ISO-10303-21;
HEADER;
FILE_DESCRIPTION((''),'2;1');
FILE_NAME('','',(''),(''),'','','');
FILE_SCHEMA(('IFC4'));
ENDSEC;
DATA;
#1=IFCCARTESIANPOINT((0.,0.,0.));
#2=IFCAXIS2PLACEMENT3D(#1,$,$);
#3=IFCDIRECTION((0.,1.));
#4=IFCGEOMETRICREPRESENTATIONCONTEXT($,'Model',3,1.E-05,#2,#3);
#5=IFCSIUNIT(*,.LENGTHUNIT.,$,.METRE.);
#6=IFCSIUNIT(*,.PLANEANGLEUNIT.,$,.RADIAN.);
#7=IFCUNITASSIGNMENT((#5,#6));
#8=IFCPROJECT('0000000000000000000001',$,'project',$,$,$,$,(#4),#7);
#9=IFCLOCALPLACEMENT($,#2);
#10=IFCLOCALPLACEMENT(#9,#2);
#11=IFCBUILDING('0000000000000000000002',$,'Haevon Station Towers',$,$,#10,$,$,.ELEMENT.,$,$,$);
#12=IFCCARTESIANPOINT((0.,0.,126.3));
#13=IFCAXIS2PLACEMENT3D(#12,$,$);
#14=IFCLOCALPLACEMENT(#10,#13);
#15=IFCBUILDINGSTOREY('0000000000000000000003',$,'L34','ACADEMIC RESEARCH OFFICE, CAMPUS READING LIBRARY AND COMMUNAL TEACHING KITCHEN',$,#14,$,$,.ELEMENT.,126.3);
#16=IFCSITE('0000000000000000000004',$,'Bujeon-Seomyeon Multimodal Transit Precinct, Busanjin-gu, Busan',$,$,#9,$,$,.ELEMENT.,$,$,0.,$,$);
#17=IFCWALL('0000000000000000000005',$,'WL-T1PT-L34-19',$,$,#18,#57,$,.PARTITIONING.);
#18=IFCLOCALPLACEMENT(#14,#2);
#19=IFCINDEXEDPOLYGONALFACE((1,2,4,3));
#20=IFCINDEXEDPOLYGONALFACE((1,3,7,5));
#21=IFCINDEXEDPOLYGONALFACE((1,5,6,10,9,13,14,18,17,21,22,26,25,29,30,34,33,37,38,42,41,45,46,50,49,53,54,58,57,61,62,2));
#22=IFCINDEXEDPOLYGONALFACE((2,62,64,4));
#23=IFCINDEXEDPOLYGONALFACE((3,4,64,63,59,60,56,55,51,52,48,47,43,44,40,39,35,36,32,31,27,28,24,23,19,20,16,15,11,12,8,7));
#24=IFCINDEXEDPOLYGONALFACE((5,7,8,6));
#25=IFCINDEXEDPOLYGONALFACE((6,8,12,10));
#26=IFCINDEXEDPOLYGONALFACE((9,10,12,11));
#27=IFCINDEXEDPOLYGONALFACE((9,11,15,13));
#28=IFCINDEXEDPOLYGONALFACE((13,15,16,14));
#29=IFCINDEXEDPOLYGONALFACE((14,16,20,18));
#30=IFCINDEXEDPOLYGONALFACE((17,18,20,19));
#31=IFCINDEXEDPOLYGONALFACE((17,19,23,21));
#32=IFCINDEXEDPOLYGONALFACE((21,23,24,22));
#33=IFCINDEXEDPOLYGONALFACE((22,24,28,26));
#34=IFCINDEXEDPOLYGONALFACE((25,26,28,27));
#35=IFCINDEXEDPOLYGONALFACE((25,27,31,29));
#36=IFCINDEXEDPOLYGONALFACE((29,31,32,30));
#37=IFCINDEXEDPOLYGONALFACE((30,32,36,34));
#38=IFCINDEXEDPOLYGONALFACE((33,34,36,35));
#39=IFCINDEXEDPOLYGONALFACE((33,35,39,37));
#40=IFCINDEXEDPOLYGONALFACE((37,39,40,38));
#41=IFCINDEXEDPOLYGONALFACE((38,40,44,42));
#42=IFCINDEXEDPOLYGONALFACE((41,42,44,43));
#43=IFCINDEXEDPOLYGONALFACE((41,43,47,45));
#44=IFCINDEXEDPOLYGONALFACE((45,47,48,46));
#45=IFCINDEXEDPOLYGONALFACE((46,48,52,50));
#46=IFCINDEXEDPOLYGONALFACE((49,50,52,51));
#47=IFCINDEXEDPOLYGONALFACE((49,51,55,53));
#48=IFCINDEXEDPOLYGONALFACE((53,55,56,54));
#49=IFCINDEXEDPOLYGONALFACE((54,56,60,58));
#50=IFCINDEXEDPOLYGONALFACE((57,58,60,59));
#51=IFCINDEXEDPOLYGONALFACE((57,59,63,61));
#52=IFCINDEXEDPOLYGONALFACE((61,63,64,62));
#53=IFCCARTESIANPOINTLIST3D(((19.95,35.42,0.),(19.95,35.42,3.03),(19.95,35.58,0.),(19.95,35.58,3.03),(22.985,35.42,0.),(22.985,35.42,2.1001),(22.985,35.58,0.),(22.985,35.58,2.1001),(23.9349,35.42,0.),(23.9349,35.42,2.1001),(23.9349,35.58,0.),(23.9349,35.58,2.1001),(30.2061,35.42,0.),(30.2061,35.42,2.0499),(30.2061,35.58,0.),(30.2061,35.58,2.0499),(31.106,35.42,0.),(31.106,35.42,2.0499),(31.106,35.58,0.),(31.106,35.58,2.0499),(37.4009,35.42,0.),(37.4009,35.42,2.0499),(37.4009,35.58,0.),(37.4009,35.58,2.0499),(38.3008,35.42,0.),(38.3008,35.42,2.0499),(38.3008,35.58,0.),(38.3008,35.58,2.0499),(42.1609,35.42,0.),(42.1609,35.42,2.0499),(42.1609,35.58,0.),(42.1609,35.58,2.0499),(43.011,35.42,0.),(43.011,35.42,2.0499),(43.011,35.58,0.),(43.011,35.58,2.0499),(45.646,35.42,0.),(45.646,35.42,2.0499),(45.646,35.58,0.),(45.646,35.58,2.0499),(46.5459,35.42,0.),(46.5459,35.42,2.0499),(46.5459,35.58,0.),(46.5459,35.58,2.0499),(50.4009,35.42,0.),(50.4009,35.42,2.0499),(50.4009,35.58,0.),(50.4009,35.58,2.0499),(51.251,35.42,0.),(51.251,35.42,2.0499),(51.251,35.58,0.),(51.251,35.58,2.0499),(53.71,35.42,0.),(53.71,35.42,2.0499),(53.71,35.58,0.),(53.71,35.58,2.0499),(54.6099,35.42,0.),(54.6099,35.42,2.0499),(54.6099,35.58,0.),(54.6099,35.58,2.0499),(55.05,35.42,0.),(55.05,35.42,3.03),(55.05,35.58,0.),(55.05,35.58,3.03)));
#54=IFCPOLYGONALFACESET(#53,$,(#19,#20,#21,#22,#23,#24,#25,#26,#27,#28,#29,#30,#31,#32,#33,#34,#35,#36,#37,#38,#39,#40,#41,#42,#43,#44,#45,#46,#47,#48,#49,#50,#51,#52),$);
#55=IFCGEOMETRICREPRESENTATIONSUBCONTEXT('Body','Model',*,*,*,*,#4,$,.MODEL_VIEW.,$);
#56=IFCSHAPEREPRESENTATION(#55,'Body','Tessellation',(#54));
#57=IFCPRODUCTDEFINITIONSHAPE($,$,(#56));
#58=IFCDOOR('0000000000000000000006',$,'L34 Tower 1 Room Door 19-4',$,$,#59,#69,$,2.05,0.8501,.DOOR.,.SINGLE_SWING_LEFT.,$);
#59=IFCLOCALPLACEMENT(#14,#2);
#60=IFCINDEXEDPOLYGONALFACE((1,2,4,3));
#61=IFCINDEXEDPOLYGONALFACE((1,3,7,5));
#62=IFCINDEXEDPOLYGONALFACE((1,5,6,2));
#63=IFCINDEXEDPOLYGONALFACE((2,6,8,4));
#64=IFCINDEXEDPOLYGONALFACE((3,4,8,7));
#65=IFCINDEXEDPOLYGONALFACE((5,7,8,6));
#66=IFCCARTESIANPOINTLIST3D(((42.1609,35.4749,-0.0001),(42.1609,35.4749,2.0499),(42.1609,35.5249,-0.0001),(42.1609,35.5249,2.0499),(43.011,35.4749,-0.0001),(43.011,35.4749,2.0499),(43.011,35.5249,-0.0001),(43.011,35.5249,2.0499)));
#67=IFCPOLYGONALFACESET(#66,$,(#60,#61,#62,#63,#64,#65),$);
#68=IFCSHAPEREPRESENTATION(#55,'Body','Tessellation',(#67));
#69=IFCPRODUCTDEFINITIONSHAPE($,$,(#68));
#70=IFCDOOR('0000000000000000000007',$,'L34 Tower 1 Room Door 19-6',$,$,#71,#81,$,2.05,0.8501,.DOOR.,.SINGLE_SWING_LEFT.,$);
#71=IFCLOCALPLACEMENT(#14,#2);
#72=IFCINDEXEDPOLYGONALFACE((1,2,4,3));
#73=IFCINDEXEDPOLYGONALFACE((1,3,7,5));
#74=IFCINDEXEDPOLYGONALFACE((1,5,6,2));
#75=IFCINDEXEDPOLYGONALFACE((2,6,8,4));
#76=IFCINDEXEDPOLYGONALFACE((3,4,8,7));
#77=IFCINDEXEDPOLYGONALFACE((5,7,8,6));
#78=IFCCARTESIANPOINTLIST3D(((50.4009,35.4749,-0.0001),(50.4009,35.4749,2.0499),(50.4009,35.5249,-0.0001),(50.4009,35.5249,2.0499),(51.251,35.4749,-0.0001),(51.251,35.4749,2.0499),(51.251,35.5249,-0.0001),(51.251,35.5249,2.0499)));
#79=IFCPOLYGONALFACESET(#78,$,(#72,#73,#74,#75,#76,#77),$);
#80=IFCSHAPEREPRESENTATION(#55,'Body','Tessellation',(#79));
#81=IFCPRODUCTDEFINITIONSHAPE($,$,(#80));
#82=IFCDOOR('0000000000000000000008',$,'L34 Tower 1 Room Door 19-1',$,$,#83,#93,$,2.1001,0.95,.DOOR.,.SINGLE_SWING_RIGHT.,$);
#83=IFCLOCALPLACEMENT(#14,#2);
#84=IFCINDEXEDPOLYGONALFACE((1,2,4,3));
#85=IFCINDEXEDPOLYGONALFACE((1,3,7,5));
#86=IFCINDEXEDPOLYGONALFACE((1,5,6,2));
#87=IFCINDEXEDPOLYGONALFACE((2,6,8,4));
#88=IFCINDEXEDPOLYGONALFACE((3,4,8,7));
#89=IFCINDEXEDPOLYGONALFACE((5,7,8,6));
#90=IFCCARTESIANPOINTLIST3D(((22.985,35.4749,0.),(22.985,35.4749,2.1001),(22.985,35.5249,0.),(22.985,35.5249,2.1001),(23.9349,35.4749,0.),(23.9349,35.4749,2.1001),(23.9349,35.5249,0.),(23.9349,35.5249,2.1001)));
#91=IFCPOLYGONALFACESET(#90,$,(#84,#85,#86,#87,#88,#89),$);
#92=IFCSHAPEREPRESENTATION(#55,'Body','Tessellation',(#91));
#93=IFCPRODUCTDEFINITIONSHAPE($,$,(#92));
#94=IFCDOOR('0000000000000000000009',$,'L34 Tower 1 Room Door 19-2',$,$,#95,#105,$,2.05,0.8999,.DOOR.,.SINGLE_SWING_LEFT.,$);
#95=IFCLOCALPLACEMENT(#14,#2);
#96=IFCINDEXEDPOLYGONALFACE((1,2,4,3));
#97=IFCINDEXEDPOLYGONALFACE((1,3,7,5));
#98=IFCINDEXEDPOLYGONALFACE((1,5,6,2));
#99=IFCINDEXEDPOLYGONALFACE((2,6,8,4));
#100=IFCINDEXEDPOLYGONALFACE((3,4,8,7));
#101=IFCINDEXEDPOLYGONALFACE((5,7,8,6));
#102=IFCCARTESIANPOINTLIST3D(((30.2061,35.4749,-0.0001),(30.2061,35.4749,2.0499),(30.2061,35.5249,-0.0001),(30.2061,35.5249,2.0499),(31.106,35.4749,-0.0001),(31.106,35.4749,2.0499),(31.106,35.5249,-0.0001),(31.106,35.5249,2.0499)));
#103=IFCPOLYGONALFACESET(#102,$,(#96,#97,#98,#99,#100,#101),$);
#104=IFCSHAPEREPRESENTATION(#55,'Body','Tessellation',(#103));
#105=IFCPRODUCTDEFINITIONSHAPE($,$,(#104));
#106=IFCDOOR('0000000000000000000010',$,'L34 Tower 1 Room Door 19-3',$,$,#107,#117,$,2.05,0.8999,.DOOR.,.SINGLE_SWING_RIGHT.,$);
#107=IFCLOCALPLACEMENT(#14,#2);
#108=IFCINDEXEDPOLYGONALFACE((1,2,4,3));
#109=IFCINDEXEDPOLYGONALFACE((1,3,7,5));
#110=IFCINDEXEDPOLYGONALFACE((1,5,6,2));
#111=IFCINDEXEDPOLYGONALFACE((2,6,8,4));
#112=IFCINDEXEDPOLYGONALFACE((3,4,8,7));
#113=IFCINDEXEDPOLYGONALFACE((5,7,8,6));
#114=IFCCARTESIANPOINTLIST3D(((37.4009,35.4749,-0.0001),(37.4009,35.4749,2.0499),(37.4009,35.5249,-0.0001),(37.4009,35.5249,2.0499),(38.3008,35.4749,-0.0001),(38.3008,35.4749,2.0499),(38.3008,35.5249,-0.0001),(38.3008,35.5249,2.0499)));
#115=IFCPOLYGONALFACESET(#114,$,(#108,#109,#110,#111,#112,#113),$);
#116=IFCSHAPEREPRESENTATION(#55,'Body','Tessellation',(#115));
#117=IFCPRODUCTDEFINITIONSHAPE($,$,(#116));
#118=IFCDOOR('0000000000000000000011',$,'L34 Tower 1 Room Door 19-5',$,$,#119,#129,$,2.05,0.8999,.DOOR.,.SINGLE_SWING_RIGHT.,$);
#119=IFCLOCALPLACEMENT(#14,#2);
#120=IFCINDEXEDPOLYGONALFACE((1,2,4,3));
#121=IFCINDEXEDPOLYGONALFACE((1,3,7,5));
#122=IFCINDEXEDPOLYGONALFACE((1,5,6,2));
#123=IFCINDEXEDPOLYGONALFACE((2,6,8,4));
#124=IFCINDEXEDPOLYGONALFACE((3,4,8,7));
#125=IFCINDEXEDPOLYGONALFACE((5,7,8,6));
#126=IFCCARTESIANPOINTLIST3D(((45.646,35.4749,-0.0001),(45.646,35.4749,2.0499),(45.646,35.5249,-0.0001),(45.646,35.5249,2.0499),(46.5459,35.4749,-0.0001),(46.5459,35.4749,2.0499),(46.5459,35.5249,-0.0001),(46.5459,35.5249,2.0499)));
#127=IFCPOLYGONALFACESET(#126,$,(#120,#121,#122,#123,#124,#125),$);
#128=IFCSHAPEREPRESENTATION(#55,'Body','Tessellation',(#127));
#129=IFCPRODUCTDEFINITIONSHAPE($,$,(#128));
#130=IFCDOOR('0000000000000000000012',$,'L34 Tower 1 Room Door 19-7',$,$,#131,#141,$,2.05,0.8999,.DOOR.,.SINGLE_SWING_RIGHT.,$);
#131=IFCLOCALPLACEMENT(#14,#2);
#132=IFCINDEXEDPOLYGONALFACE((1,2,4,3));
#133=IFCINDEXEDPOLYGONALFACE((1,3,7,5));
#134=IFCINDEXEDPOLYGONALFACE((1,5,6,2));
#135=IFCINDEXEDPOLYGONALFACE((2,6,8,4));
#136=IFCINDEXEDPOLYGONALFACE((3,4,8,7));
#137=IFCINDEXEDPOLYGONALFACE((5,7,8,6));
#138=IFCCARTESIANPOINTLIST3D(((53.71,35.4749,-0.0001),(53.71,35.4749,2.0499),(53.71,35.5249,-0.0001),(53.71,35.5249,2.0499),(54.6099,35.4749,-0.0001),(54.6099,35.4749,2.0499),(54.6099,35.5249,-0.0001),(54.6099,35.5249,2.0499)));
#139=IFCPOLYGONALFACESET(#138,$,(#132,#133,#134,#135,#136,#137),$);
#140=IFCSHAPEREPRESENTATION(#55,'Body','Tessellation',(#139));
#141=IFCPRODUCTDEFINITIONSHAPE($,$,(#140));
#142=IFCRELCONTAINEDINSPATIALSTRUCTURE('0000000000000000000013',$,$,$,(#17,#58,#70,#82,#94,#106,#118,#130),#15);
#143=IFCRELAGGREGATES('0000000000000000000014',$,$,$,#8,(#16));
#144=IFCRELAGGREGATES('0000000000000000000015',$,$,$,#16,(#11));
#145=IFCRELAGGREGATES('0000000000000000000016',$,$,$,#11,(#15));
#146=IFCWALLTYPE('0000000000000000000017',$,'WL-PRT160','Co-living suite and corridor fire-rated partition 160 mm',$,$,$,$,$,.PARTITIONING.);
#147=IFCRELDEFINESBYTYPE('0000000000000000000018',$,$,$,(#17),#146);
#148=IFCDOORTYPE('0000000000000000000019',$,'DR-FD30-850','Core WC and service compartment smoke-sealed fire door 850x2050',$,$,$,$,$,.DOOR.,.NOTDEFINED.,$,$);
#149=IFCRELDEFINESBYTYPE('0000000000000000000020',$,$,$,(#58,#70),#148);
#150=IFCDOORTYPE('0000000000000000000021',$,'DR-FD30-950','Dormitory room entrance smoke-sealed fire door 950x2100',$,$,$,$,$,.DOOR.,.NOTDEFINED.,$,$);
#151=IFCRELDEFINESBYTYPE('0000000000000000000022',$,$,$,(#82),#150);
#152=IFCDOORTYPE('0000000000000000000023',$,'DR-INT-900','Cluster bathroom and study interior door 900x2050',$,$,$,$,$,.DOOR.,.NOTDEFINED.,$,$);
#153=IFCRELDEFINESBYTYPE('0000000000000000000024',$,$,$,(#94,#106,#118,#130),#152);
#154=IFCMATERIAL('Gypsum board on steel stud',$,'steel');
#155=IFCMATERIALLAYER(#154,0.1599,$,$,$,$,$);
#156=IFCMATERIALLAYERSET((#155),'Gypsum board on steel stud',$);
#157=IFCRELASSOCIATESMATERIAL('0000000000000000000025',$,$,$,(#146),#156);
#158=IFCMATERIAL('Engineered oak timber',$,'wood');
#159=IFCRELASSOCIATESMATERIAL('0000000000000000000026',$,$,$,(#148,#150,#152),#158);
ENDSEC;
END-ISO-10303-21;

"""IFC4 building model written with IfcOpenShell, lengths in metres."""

from ifc_helpers import new_model, si_unit, direction, frame, frame_2d, origin, place, context, subcontext, project, spatial, rectangle, extrude, material, layer, layer_set, type_object, element, fill, save


model = new_model("IFC4")

# Units and contexts
model_context = context("Model", 3, precision=1e-05, world=origin(), true_north=direction((0.0, 1.0)))
body_context = subcontext(model_context, "Body", "Model", "MODEL_VIEW")
ifc_project = project(units=[si_unit("LENGTHUNIT", "METRE"), si_unit("PLANEANGLEUNIT", "RADIAN")], contexts=[model_context])

# Site, building, storey
site_placement = place(None, origin())
site = spatial("IfcSite", under=ifc_project, at=site_placement, Name="Bujeon-Seomyeon Multimodal Transit Precinct, Busanjin-gu, Busan", CompositionType="ELEMENT", RefElevation=0.0)
building_placement = place(site_placement, origin())
building = spatial("IfcBuilding", under=site, at=building_placement, Name="Haevon Station Towers", CompositionType="ELEMENT")
storey_placement = place(building_placement, frame((0.0, 0.0, 126.3)))
storey = spatial("IfcBuildingStorey", under=building, at=storey_placement, Name="L34", Description="ACADEMIC RESEARCH OFFICE, CAMPUS READING LIBRARY AND COMMUNAL TEACHING KITCHEN", CompositionType="ELEMENT", Elevation=126.3)

# Shared definitions
ifc_material_1 = material(Name="Gypsum board on steel stud", Category="steel")
ifc_material_2 = material(Name="Engineered oak timber", Category="wood")

# Shared definitions
ifc_layer_1 = layer(ifc_material_1, 0.1599)
ifc_layer_set_1 = layer_set([ifc_layer_1], Name="Gypsum board on steel stud")
wall_type_1 = type_object("IfcWallType", Name="WL-PRT160", Description="Co-living suite and corridor fire-rated partition 160 mm", PredefinedType="PARTITIONING", material=ifc_layer_set_1)

# Wall, openings, doors
wall_1_placement = place(storey_placement, frame((19.95, 35.5, 0.0), z_axis=(0.0, 0.0, 1.0), x_axis=(1.0, 0.0, 0.0)))
wall_1 = element("IfcWall", 1, at=wall_1_placement, inside=storey, type_object=wall_type_1, Name="WL-T1PT-L34-19", PredefinedType="PARTITIONING", context=body_context, shape_type="SweptSolid", body=[
    extrude(rectangle(XDim=35.1001, YDim=0.1599, at=frame_2d((17.55, 0.0))), origin(), (0.0, 0.0, 1.0), 3.03),
])
opening_1_placement = place(wall_1_placement, frame((3.0349, 0.0, 0.0)))
opening_1 = element("IfcOpeningElement", 2, at=opening_1_placement, cuts=wall_1, PredefinedType="OPENING", context=body_context, shape_type="SweptSolid", body=[
    extrude(rectangle(XDim=0.95, YDim=2.1001, at=frame_2d((0.4751, 1.05))), frame((0.0, 0.0898, 0.0), z_axis=(0.0, -1.0, 0.0), x_axis=(1.0, 0.0, 0.0)), (0.0, 0.0, 1.0), 0.1799),
])
opening_2_placement = place(wall_1_placement, frame((10.2561, 0.0, 0.0)))
opening_2 = element("IfcOpeningElement", 3, at=opening_2_placement, cuts=wall_1, PredefinedType="OPENING", context=body_context, shape_type="SweptSolid", body=[
    extrude(rectangle(XDim=0.8999, YDim=2.05, at=frame_2d((0.45, 1.0249))), frame((0.0, 0.0898, 0.0), z_axis=(0.0, -1.0, 0.0), x_axis=(1.0, 0.0, 0.0)), (0.0, 0.0, 1.0), 0.1799),
])
opening_3_placement = place(wall_1_placement, frame((17.4509, 0.0, 0.0)))
opening_3 = element("IfcOpeningElement", 4, at=opening_3_placement, cuts=wall_1, PredefinedType="OPENING", context=body_context, shape_type="SweptSolid", body=[
    extrude(rectangle(XDim=0.8999, YDim=2.05, at=frame_2d((0.45, 1.0249))), frame((0.0, 0.0898, 0.0), z_axis=(0.0, -1.0, 0.0), x_axis=(1.0, 0.0, 0.0)), (0.0, 0.0, 1.0), 0.1799),
])
opening_4_placement = place(wall_1_placement, frame((22.2109, 0.0, 0.0)))
opening_4 = element("IfcOpeningElement", 5, at=opening_4_placement, cuts=wall_1, PredefinedType="OPENING", context=body_context, shape_type="SweptSolid", body=[
    extrude(rectangle(XDim=0.8501, YDim=2.05, at=frame_2d((0.425, 1.0249))), frame((0.0, 0.0898, 0.0), z_axis=(0.0, -1.0, 0.0), x_axis=(1.0, 0.0, 0.0)), (0.0, 0.0, 1.0), 0.1799),
])
opening_5_placement = place(wall_1_placement, frame((25.696, 0.0, 0.0)))
opening_5 = element("IfcOpeningElement", 6, at=opening_5_placement, cuts=wall_1, PredefinedType="OPENING", context=body_context, shape_type="SweptSolid", body=[
    extrude(rectangle(XDim=0.8999, YDim=2.05, at=frame_2d((0.45, 1.0249))), frame((0.0, 0.0898, 0.0), z_axis=(0.0, -1.0, 0.0), x_axis=(1.0, 0.0, 0.0)), (0.0, 0.0, 1.0), 0.1799),
])
opening_6_placement = place(wall_1_placement, frame((30.4509, 0.0, 0.0)))
opening_6 = element("IfcOpeningElement", 7, at=opening_6_placement, cuts=wall_1, PredefinedType="OPENING", context=body_context, shape_type="SweptSolid", body=[
    extrude(rectangle(XDim=0.8501, YDim=2.05, at=frame_2d((0.425, 1.0249))), frame((0.0, 0.0898, 0.0), z_axis=(0.0, -1.0, 0.0), x_axis=(1.0, 0.0, 0.0)), (0.0, 0.0, 1.0), 0.1799),
])
opening_7_placement = place(wall_1_placement, frame((33.76, 0.0, 0.0)))
opening_7 = element("IfcOpeningElement", 8, at=opening_7_placement, cuts=wall_1, PredefinedType="OPENING", context=body_context, shape_type="SweptSolid", body=[
    extrude(rectangle(XDim=0.8999, YDim=2.05, at=frame_2d((0.45, 1.0249))), frame((0.0, 0.0898, 0.0), z_axis=(0.0, -1.0, 0.0), x_axis=(1.0, 0.0, 0.0)), (0.0, 0.0, 1.0), 0.1799),
])
door_type_1 = type_object("IfcDoorType", Name="DR-FD30-850", Description="Core WC and service compartment smoke-sealed fire door 850x2050", OperationType="NOTDEFINED", PredefinedType="DOOR", material=ifc_material_2)
door_1_placement = place(opening_4_placement, origin())
door_1 = element("IfcDoor", 9, at=door_1_placement, inside=storey, type_object=door_type_1, Name="L34 Tower 1 Room Door 19-4", OperationType="SINGLE_SWING_LEFT", OverallHeight=2.05, OverallWidth=0.8501, PredefinedType="DOOR", context=body_context, shape_type="SweptSolid", body=[
    extrude(rectangle(XDim=0.8501, YDim=2.05, at=frame_2d((0.425, 1.0249))), frame((0.0, 0.0249, 0.0), z_axis=(0.0, -1.0, 0.0), x_axis=(1.0, 0.0, 0.0)), (0.0, 0.0, 1.0), 0.05),
])
fill(opening_4, door_1)
door_2_placement = place(opening_6_placement, origin())
door_2 = element("IfcDoor", 10, at=door_2_placement, inside=storey, type_object=door_type_1, Name="L34 Tower 1 Room Door 19-6", OperationType="SINGLE_SWING_LEFT", OverallHeight=2.05, OverallWidth=0.8501, PredefinedType="DOOR", context=body_context, shape_type="SweptSolid", body=[
    extrude(rectangle(XDim=0.8501, YDim=2.05, at=frame_2d((0.425, 1.0249))), frame((0.0, 0.0249, 0.0), z_axis=(0.0, -1.0, 0.0), x_axis=(1.0, 0.0, 0.0)), (0.0, 0.0, 1.0), 0.05),
])
fill(opening_6, door_2)
door_type_2 = type_object("IfcDoorType", Name="DR-FD30-950", Description="Dormitory room entrance smoke-sealed fire door 950x2100", OperationType="NOTDEFINED", PredefinedType="DOOR", material=ifc_material_2)
door_3_placement = place(opening_1_placement, origin())
door_3 = element("IfcDoor", 11, at=door_3_placement, inside=storey, type_object=door_type_2, Name="L34 Tower 1 Room Door 19-1", OperationType="SINGLE_SWING_RIGHT", OverallHeight=2.1001, OverallWidth=0.95, PredefinedType="DOOR", context=body_context, shape_type="SweptSolid", body=[
    extrude(rectangle(XDim=0.95, YDim=2.1001, at=frame_2d((0.4751, 1.05))), frame((0.0, 0.0249, 0.0), z_axis=(0.0, -1.0, 0.0), x_axis=(1.0, 0.0, 0.0)), (0.0, 0.0, 1.0), 0.05),
])
fill(opening_1, door_3)
door_type_3 = type_object("IfcDoorType", Name="DR-INT-900", Description="Cluster bathroom and study interior door 900x2050", OperationType="NOTDEFINED", PredefinedType="DOOR", material=ifc_material_2)
door_4_placement = place(opening_2_placement, origin())
door_4 = element("IfcDoor", 12, at=door_4_placement, inside=storey, type_object=door_type_3, Name="L34 Tower 1 Room Door 19-2", OperationType="SINGLE_SWING_LEFT", OverallHeight=2.05, OverallWidth=0.8999, PredefinedType="DOOR", context=body_context, shape_type="SweptSolid", body=[
    extrude(rectangle(XDim=0.8999, YDim=2.05, at=frame_2d((0.45, 1.0249))), frame((0.0, 0.0249, 0.0), z_axis=(0.0, -1.0, 0.0), x_axis=(1.0, 0.0, 0.0)), (0.0, 0.0, 1.0), 0.05),
])
fill(opening_2, door_4)
door_5_placement = place(opening_3_placement, origin())
door_5 = element("IfcDoor", 13, at=door_5_placement, inside=storey, type_object=door_type_3, Name="L34 Tower 1 Room Door 19-3", OperationType="SINGLE_SWING_RIGHT", OverallHeight=2.05, OverallWidth=0.8999, PredefinedType="DOOR", context=body_context, shape_type="SweptSolid", body=[
    extrude(rectangle(XDim=0.8999, YDim=2.05, at=frame_2d((0.45, 1.0249))), frame((0.0, 0.0249, 0.0), z_axis=(0.0, -1.0, 0.0), x_axis=(1.0, 0.0, 0.0)), (0.0, 0.0, 1.0), 0.05),
])
fill(opening_3, door_5)
door_6_placement = place(opening_5_placement, origin())
door_6 = element("IfcDoor", 14, at=door_6_placement, inside=storey, type_object=door_type_3, Name="L34 Tower 1 Room Door 19-5", OperationType="SINGLE_SWING_RIGHT", OverallHeight=2.05, OverallWidth=0.8999, PredefinedType="DOOR", context=body_context, shape_type="SweptSolid", body=[
    extrude(rectangle(XDim=0.8999, YDim=2.05, at=frame_2d((0.45, 1.0249))), frame((0.0, 0.0249, 0.0), z_axis=(0.0, -1.0, 0.0), x_axis=(1.0, 0.0, 0.0)), (0.0, 0.0, 1.0), 0.05),
])
fill(opening_5, door_6)
door_7_placement = place(opening_7_placement, origin())
door_7 = element("IfcDoor", 15, at=door_7_placement, inside=storey, type_object=door_type_3, Name="L34 Tower 1 Room Door 19-7", OperationType="SINGLE_SWING_RIGHT", OverallHeight=2.05, OverallWidth=0.8999, PredefinedType="DOOR", context=body_context, shape_type="SweptSolid", body=[
    extrude(rectangle(XDim=0.8999, YDim=2.05, at=frame_2d((0.45, 1.0249))), frame((0.0, 0.0249, 0.0), z_axis=(0.0, -1.0, 0.0), x_axis=(1.0, 0.0, 0.0)), (0.0, 0.0, 1.0), 0.05),
])
fill(opening_7, door_7)

save(model, "model.ifc")
